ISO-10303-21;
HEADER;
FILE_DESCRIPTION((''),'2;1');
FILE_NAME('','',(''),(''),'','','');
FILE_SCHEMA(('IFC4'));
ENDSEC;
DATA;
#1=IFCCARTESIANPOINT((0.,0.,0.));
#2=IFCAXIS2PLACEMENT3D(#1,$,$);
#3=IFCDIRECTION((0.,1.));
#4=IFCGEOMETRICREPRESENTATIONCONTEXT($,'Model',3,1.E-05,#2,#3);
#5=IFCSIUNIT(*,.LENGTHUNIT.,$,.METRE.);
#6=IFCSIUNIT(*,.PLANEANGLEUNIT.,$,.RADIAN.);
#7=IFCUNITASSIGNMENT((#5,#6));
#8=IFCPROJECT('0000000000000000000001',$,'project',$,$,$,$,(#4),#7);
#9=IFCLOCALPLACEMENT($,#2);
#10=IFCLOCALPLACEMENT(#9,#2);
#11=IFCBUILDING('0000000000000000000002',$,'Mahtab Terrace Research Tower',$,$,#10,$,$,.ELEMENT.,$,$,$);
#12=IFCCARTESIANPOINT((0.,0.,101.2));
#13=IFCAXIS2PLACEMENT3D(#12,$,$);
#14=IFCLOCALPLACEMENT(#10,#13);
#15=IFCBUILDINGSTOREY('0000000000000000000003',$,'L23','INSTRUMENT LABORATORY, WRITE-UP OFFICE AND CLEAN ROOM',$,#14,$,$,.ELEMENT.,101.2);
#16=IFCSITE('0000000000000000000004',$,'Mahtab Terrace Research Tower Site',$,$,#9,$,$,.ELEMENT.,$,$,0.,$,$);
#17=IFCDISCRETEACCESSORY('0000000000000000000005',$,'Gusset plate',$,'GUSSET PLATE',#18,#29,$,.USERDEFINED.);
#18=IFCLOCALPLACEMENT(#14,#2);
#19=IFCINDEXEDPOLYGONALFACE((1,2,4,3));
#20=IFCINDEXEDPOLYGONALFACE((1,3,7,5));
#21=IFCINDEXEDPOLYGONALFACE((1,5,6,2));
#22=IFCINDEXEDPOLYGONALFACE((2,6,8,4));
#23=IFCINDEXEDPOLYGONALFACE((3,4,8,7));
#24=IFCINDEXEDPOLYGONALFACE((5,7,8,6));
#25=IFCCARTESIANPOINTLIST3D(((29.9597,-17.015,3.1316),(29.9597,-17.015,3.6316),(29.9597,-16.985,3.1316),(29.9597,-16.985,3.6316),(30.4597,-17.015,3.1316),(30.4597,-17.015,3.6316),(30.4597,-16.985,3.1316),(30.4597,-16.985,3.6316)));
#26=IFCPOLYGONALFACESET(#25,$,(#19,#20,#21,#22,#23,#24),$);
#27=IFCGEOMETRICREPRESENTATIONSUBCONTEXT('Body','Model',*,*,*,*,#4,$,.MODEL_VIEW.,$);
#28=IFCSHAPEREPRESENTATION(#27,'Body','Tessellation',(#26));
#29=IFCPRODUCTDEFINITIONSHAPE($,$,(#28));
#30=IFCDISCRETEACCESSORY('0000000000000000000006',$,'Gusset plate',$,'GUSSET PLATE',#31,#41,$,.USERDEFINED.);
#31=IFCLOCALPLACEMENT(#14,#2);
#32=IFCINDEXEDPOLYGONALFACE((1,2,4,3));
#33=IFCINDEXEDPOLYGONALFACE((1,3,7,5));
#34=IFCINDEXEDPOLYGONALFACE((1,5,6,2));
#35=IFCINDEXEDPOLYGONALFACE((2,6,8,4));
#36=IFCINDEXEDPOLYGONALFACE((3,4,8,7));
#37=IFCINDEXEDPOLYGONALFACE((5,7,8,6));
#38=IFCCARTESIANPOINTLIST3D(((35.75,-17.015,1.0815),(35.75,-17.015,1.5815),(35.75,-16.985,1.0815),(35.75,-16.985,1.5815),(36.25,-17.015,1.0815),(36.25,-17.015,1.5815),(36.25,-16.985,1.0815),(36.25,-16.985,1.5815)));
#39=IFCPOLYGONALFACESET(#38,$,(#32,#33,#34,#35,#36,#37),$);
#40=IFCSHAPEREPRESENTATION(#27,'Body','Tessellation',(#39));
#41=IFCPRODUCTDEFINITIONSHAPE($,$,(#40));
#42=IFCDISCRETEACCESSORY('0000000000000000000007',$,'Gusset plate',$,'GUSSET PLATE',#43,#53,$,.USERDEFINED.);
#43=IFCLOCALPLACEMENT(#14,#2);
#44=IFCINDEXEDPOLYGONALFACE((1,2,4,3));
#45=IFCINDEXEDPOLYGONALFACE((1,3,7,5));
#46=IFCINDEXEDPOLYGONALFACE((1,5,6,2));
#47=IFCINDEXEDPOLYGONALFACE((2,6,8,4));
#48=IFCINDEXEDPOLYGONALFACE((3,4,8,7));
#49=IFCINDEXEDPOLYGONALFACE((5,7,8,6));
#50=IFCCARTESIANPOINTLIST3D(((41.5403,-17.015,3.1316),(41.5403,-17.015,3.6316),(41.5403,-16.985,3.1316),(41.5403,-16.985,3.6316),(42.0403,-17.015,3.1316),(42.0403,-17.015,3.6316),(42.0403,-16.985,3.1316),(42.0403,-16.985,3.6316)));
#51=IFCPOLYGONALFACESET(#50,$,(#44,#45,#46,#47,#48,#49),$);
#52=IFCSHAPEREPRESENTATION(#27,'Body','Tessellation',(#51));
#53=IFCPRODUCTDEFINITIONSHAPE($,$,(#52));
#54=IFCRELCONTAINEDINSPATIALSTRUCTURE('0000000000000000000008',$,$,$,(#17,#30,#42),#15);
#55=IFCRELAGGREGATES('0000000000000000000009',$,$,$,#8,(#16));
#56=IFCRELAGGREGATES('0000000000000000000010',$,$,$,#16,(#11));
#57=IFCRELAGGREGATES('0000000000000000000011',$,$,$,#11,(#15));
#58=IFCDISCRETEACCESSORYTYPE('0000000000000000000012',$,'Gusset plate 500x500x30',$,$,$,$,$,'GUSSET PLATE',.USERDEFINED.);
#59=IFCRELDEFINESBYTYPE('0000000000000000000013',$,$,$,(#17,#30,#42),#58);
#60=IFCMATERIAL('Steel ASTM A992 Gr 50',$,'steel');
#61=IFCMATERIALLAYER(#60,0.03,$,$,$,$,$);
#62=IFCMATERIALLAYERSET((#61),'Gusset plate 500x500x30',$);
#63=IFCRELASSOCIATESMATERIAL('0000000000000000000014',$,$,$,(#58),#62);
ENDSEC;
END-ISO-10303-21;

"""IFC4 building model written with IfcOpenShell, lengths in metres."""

from ifc_helpers import new_model, si_unit, direction, frame, origin, origin_2d, place, context, subcontext, project, spatial, rectangle, extrude, material, layer, layer_set, type_object, element, save


model = new_model("IFC4")

# Units and contexts
model_context = context("Model", 3, precision=1e-05, world=origin(), true_north=direction((0.0, 1.0)))
body_context = subcontext(model_context, "Body", "Model", "MODEL_VIEW")
ifc_project = project(units=[si_unit("LENGTHUNIT", "METRE"), si_unit("PLANEANGLEUNIT", "RADIAN")], contexts=[model_context])

# Site, building, storey
site_placement = place(None, origin())
site = spatial("IfcSite", under=ifc_project, at=site_placement, Name="Mahtab Terrace Research Tower Site", CompositionType="ELEMENT", RefElevation=0.0)
building_placement = place(site_placement, origin())
building = spatial("IfcBuilding", under=site, at=building_placement, Name="Mahtab Terrace Research Tower", CompositionType="ELEMENT")
storey_placement = place(building_placement, frame((0.0, 0.0, 101.2)))
storey = spatial("IfcBuildingStorey", under=building, at=storey_placement, Name="L23", Description="INSTRUMENT LABORATORY, WRITE-UP OFFICE AND CLEAN ROOM", CompositionType="ELEMENT", Elevation=101.2)

# Shared definitions
ifc_material_1 = material(Name="Steel ASTM A992 Gr 50", Category="steel")

# Discrete accessories
ifc_layer_1 = layer(ifc_material_1, 0.03)
ifc_layer_set_1 = layer_set([ifc_layer_1], Name="Gusset plate 500x500x30")
discrete_accessory_type = type_object("IfcDiscreteAccessoryType", Name="Gusset plate 500x500x30", ElementType="GUSSET PLATE", PredefinedType="USERDEFINED", material=ifc_layer_set_1)
for number, where, z_axis, x_axis, name in (
    (1, (30.2097, -17.0, 3.1316), (0.0, 0.0, 1.0), (1.0, 0.0, 0.0), "Gusset plate"),
    (2, (36.0, -17.0, 1.0815), (0.0, 0.0, 1.0), (1.0, 0.0, 0.0), "Gusset plate"),
    (3, (41.7903, -17.0, 3.1316), (0.0, 0.0, 1.0), (1.0, 0.0, 0.0), "Gusset plate"),
):
    element("IfcDiscreteAccessory", number, at=place(storey_placement, frame(where, z_axis=z_axis, x_axis=x_axis)), inside=storey, type_object=discrete_accessory_type, Name=name, ObjectType="GUSSET PLATE", PredefinedType="USERDEFINED", context=body_context, shape_type="SweptSolid", body=[
        extrude(rectangle(XDim=0.5, YDim=0.03, at=origin_2d()), origin(), (0.0, 0.0, 1.0), 0.5),
    ])

save(model, "model.ifc")
